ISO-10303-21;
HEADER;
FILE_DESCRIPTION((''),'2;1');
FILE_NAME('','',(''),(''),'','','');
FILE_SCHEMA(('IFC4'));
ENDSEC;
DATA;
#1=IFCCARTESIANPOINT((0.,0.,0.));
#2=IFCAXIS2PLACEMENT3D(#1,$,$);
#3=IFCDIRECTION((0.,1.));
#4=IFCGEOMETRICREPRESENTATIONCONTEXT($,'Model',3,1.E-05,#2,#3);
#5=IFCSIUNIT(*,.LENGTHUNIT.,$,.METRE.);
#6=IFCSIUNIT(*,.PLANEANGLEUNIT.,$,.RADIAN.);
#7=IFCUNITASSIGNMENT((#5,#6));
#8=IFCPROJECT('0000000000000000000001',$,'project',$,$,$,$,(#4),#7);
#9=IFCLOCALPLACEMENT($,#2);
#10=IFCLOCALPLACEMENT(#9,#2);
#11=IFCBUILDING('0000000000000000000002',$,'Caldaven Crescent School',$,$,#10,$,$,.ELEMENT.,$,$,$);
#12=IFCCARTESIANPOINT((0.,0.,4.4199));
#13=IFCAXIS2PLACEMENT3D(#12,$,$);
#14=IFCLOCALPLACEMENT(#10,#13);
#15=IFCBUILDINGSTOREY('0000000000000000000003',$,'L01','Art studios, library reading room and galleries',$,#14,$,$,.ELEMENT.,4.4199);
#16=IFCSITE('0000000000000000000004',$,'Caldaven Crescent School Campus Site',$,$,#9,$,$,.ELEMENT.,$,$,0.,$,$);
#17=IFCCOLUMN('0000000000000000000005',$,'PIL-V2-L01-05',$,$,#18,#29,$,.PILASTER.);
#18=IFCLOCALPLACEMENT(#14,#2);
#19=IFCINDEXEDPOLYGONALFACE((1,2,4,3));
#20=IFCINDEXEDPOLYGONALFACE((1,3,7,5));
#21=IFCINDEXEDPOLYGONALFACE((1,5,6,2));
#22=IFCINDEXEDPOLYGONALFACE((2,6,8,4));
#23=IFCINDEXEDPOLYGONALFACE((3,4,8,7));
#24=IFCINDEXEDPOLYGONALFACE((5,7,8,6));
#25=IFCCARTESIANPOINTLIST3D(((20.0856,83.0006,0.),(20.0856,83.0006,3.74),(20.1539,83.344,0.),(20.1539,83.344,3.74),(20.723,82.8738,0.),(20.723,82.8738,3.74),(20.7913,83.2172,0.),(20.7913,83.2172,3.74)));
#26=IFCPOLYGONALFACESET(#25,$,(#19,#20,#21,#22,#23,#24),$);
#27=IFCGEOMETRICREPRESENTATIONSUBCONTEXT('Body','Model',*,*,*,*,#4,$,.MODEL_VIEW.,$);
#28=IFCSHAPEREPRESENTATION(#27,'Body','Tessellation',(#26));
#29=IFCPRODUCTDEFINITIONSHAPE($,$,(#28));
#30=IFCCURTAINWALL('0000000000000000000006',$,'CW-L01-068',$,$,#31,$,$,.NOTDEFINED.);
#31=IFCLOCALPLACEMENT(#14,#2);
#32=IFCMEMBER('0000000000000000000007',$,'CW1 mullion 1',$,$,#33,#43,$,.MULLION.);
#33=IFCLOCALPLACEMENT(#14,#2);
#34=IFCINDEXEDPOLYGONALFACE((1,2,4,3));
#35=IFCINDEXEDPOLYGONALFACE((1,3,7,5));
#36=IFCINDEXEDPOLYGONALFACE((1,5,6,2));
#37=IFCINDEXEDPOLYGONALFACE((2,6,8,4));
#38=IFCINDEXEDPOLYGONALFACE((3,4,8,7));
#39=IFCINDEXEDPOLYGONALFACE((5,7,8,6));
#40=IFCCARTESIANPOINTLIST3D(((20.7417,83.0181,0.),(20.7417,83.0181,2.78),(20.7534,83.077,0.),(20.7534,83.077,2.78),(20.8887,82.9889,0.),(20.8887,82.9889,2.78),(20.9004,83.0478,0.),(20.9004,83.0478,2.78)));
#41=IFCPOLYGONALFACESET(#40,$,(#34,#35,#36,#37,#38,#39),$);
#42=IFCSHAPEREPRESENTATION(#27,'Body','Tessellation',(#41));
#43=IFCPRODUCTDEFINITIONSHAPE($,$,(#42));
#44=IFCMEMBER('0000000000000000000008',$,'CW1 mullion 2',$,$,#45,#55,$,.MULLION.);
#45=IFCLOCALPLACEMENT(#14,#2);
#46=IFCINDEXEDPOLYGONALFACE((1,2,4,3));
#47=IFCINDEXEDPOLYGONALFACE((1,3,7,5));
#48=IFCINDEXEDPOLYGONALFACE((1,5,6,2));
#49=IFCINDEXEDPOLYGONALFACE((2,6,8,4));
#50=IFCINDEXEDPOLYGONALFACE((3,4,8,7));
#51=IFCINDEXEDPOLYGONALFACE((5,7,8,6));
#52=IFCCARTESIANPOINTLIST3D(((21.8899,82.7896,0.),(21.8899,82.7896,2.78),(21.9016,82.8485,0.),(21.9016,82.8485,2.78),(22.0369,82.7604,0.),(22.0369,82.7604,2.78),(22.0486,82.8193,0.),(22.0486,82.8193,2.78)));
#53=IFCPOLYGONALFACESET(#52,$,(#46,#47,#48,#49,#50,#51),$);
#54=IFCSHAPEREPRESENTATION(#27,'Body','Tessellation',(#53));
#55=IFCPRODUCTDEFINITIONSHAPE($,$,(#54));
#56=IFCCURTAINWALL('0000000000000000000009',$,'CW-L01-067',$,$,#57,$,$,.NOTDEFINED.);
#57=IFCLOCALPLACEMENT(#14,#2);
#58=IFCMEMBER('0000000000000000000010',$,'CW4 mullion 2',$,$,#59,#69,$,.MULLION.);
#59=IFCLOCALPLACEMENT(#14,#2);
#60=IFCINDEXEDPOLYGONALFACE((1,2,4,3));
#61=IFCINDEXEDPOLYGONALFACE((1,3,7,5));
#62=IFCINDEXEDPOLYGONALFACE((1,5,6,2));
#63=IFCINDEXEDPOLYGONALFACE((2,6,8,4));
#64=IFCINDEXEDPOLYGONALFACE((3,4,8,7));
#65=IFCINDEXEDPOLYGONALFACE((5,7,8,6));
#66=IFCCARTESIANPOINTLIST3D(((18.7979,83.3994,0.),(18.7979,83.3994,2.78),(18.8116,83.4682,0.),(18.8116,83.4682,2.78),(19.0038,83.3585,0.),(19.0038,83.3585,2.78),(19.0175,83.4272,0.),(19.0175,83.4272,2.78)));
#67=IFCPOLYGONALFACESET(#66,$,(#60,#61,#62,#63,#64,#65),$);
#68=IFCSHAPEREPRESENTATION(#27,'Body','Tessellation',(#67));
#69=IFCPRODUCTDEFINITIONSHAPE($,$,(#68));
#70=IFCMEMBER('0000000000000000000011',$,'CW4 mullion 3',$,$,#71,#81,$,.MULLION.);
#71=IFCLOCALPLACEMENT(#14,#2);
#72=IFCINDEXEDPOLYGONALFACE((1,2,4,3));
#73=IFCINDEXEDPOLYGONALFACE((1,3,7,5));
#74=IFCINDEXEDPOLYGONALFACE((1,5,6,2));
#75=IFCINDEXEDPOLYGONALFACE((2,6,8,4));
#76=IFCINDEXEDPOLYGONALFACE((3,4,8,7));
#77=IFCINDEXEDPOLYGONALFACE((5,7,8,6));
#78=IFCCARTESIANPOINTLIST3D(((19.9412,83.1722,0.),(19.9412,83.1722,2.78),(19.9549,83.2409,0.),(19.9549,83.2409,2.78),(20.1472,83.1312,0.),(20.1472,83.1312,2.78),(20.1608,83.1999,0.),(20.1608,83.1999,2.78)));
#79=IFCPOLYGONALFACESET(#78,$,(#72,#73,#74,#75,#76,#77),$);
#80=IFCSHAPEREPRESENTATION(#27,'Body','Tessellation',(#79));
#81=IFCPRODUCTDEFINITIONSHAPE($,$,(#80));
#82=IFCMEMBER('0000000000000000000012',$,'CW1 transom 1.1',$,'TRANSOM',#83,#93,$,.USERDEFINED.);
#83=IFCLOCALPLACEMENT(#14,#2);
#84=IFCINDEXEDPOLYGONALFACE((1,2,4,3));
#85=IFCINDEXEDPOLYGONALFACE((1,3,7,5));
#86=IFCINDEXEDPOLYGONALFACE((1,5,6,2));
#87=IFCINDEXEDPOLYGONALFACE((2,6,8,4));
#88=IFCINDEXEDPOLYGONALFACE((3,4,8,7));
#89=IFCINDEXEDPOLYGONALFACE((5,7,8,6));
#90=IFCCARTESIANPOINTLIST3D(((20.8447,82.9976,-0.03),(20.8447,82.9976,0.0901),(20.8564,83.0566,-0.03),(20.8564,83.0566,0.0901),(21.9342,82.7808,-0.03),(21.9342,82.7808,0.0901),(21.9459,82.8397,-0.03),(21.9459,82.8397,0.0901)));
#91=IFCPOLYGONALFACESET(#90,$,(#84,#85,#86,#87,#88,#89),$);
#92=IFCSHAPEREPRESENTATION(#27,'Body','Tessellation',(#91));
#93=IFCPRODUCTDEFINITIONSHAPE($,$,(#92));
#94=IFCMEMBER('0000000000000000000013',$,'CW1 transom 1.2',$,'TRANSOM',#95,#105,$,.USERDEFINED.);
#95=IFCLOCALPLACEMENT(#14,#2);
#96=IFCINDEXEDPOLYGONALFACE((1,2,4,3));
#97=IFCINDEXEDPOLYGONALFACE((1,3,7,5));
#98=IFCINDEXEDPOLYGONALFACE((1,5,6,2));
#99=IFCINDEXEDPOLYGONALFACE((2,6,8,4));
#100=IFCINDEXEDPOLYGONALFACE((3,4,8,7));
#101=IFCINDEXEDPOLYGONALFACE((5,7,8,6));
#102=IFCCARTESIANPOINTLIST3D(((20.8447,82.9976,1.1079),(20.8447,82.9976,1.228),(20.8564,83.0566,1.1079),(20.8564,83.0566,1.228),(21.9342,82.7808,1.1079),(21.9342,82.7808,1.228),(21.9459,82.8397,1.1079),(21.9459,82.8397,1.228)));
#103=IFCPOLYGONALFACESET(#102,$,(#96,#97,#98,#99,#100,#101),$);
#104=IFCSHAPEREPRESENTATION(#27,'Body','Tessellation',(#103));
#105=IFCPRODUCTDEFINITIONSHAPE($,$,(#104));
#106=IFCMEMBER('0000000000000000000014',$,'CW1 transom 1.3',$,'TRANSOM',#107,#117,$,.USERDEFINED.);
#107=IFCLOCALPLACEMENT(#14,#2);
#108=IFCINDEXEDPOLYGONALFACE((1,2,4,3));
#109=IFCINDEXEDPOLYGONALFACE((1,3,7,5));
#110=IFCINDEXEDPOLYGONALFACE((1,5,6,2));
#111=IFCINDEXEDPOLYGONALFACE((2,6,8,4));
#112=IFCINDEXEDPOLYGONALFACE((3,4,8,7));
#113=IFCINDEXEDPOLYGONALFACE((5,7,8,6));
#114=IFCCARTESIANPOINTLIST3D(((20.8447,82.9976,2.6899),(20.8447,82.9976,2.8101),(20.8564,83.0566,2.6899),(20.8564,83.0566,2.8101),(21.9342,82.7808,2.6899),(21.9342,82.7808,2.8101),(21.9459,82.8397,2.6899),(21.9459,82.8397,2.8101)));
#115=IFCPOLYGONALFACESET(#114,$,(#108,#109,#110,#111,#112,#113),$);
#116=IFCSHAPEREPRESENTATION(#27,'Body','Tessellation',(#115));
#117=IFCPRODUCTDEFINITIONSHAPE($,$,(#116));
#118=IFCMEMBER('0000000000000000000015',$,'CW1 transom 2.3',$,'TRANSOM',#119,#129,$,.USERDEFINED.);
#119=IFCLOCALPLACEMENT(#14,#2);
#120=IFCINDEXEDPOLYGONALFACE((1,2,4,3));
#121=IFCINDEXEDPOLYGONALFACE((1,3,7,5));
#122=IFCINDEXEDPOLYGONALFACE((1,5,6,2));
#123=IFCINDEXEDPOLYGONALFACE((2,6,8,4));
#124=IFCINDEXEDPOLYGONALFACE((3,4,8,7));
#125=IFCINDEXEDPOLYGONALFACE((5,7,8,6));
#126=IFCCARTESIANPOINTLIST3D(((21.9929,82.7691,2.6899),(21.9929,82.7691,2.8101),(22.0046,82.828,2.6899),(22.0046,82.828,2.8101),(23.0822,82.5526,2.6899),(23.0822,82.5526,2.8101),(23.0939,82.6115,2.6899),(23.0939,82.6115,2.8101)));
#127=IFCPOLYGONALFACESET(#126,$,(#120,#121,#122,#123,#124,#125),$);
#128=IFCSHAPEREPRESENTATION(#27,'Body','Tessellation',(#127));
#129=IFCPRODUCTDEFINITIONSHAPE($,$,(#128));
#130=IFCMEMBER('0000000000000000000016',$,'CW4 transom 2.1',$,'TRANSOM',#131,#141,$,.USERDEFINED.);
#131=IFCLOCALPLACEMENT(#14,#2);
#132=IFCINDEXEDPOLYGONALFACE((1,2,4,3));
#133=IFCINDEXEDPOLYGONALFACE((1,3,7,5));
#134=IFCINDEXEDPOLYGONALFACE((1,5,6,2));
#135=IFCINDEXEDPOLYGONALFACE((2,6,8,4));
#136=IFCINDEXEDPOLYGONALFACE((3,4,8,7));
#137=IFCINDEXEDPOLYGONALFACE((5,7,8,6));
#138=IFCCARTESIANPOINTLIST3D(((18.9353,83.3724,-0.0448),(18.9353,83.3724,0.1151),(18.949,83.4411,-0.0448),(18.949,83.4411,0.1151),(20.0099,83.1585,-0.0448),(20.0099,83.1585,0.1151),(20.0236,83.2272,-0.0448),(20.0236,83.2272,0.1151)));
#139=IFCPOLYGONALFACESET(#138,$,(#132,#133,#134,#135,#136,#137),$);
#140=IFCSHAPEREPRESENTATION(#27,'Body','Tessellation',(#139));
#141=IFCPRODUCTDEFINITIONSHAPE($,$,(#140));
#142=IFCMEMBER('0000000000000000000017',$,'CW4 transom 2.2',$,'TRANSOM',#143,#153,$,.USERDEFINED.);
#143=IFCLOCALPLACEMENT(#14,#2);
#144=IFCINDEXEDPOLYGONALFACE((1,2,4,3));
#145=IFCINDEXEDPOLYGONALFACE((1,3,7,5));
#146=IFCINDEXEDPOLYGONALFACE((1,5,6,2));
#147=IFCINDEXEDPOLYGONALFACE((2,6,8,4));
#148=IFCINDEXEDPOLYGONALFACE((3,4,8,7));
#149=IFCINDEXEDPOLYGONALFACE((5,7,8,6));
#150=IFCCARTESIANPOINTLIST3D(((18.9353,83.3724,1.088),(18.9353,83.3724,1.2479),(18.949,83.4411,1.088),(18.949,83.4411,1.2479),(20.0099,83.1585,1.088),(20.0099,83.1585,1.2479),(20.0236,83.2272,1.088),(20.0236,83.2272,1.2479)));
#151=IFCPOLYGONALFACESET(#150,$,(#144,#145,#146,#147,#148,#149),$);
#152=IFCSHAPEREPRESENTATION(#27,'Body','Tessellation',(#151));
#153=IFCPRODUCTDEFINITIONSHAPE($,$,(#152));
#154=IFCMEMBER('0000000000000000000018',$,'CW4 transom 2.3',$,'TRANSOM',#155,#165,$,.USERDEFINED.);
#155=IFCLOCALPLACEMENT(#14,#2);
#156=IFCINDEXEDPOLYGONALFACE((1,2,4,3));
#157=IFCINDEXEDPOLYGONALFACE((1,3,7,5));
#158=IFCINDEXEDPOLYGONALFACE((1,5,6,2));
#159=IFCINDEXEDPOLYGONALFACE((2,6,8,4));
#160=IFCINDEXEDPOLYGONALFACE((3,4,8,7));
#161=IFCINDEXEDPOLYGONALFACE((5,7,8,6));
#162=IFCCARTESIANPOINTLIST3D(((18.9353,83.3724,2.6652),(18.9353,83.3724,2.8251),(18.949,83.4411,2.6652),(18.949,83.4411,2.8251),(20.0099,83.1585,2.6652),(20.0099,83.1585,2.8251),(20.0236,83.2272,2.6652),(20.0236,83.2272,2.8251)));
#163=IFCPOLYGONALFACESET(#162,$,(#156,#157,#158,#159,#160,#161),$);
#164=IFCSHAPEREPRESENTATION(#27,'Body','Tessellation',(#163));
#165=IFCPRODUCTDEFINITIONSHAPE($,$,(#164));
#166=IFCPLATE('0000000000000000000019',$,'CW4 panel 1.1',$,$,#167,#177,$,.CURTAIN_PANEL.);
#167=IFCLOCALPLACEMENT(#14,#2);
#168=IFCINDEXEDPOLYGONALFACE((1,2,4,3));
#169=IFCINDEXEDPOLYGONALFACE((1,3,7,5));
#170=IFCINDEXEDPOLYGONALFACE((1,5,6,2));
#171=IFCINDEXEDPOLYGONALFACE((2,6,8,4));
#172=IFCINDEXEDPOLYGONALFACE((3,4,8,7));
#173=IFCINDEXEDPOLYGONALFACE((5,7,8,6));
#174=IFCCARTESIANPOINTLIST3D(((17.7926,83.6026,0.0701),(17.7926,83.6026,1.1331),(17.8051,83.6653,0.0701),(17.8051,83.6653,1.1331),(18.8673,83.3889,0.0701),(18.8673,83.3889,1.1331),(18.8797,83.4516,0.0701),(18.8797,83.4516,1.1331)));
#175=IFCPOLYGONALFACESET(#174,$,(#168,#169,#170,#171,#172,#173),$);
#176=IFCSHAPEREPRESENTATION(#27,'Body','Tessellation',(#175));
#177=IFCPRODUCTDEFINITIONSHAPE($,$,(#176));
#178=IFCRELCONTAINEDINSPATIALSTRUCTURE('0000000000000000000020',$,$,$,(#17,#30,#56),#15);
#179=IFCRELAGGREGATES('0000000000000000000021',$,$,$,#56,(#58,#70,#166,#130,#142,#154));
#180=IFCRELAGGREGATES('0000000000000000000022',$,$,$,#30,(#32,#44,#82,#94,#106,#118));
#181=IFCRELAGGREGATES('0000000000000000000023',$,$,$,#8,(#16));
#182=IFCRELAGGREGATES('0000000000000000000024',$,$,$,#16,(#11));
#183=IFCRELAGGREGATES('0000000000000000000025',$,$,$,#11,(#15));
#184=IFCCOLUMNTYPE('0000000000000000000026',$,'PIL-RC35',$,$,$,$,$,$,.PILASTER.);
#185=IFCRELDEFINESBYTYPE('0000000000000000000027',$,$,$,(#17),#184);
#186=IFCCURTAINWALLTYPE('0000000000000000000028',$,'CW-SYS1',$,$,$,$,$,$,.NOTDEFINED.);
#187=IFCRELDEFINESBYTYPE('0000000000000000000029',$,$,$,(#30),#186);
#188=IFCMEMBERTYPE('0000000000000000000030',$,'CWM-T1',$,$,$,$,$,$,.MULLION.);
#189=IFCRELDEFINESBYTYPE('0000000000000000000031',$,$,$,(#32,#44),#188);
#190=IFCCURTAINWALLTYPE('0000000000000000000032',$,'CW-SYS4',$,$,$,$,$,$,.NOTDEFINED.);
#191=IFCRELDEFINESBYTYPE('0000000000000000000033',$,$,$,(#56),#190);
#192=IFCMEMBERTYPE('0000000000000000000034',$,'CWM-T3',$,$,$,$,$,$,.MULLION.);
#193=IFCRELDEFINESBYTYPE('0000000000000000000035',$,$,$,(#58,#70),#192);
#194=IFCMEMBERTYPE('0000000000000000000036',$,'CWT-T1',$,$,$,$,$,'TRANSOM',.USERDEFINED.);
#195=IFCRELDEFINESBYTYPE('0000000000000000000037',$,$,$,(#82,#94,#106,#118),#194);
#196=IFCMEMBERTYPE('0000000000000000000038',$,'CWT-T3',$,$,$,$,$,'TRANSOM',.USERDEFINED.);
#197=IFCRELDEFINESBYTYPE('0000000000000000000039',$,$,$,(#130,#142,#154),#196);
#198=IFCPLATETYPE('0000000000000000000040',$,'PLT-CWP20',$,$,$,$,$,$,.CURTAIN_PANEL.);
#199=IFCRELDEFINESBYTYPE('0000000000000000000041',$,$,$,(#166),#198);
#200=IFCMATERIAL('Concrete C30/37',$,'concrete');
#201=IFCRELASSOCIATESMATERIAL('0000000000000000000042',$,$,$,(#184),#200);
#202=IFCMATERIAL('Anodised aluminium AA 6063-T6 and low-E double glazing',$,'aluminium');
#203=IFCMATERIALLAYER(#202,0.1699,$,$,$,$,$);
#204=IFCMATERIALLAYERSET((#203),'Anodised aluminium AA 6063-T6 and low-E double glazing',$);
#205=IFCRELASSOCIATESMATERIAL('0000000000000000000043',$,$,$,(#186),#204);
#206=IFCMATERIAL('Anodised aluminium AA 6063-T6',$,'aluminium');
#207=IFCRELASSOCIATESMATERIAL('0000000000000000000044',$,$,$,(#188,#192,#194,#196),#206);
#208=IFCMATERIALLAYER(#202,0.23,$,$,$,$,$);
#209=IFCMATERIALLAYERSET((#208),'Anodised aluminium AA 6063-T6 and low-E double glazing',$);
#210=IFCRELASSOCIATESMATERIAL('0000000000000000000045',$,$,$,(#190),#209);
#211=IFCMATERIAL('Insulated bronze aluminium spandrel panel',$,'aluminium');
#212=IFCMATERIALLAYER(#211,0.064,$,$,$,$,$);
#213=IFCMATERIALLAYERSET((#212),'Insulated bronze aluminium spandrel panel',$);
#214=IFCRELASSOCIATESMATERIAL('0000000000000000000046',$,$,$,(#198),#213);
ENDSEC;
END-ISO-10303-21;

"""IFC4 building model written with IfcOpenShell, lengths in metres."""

from ifc_helpers import new_model, si_unit, direction, frame, origin, origin_2d, place, context, subcontext, project, spatial, rectangle, extrude, material, layer, layer_set, material_profile, profile_set, type_object, element, aggregate, save


model = new_model("IFC4")

# Units and contexts
model_context = context("Model", 3, precision=1e-05, world=origin(), true_north=direction((0.0, 1.0)))
body_context = subcontext(model_context, "Body", "Model", "MODEL_VIEW")
ifc_project = project(units=[si_unit("LENGTHUNIT", "METRE"), si_unit("PLANEANGLEUNIT", "RADIAN")], contexts=[model_context])

# Site, building, storey
site_placement = place(None, origin())
site = spatial("IfcSite", under=ifc_project, at=site_placement, Name="Caldaven Crescent School Campus Site", CompositionType="ELEMENT", RefElevation=0.0)
building_placement = place(site_placement, origin())
building = spatial("IfcBuilding", under=site, at=building_placement, Name="Caldaven Crescent School", CompositionType="ELEMENT")
storey_placement = place(building_placement, frame((0.0, 0.0, 4.4199)))
storey = spatial("IfcBuildingStorey", under=building, at=storey_placement, Name="L01", Description="Art studios, library reading room and galleries", CompositionType="ELEMENT", Elevation=4.4199)

# Column
ifc_material_1 = material(Name="Concrete C30/37", Category="concrete")
ifc_material_profile_1 = material_profile(ifc_material_1, rectangle(XDim=0.3501, YDim=0.6499, at=origin_2d()), Name="RC 350x650")
ifc_profile_set_1 = profile_set([ifc_material_profile_1], Name="Concrete C30/37")
column_type = type_object("IfcColumnType", Name="PIL-RC35", PredefinedType="PILASTER", material=ifc_profile_set_1)
column_placement = place(storey_placement, frame((20.4385, 83.1089, 0.0), z_axis=(0.0, 0.0, 1.0), x_axis=(-0.19509, -0.980785, 0.0)))
element("IfcColumn", 1, at=column_placement, inside=storey, type_object=column_type, Name="PIL-V2-L01-05", PredefinedType="PILASTER", context=body_context, shape_type="SweptSolid", body=[
    extrude(rectangle(XDim=0.3501, YDim=0.6499, at=origin_2d()), origin(), (0.0, 0.0, 1.0), 3.74),
])

# Curtain walls, members
ifc_material_2 = material(Name="Anodised aluminium AA 6063-T6 and low-E double glazing", Category="aluminium")
ifc_layer_1 = layer(ifc_material_2, 0.1699)
ifc_layer_set_1 = layer_set([ifc_layer_1], Name="Anodised aluminium AA 6063-T6 and low-E double glazing")
curtain_wall_type_1 = type_object("IfcCurtainWallType", Name="CW-SYS1", PredefinedType="NOTDEFINED", material=ifc_layer_set_1)
curtain_wall_1_placement = place(storey_placement, origin())
curtain_wall_1 = element("IfcCurtainWall", 2, at=curtain_wall_1_placement, inside=storey, type_object=curtain_wall_type_1, Name="CW-L01-068", PredefinedType="NOTDEFINED")
ifc_material_3 = material(Name="Anodised aluminium AA 6063-T6", Category="aluminium")
ifc_material_profile_2 = material_profile(ifc_material_3, rectangle(XDim=0.0601, YDim=0.1499, at=origin_2d()), Name="CWM 60x150")
ifc_profile_set_2 = profile_set([ifc_material_profile_2], Name="Anodised aluminium AA 6063-T6")
member_type_1 = type_object("IfcMemberType", Name="CWM-T1", PredefinedType="MULLION", material=ifc_profile_set_2)
member_1_placement = place(storey_placement, frame((20.821, 83.033, 0.0), z_axis=(0.0, 0.0, 1.0), x_axis=(0.195091, 0.980785, 0.0)))
member_1 = element("IfcMember", 3, at=member_1_placement, type_object=member_type_1, Name="CW1 mullion 1", PredefinedType="MULLION", context=body_context, shape_type="SweptSolid", body=[
    extrude(rectangle(XDim=0.0601, YDim=0.1499, at=origin_2d()), origin(), (0.0, 0.0, 1.0), 2.78),
])
member_2_placement = place(storey_placement, frame((21.9692, 82.8044, 0.0), z_axis=(0.0, 0.0, 1.0), x_axis=(0.195091, 0.980785, 0.0)))
member_2 = element("IfcMember", 4, at=member_2_placement, type_object=member_type_1, Name="CW1 mullion 2", PredefinedType="MULLION", context=body_context, shape_type="SweptSolid", body=[
    extrude(rectangle(XDim=0.0601, YDim=0.1499, at=origin_2d()), origin(), (0.0, 0.0, 1.0), 2.78),
])
ifc_layer_2 = layer(ifc_material_2, 0.23)
ifc_layer_set_2 = layer_set([ifc_layer_2], Name="Anodised aluminium AA 6063-T6 and low-E double glazing")
curtain_wall_type_2 = type_object("IfcCurtainWallType", Name="CW-SYS4", PredefinedType="NOTDEFINED", material=ifc_layer_set_2)
curtain_wall_2_placement = place(storey_placement, origin())
curtain_wall_2 = element("IfcCurtainWall", 5, at=curtain_wall_2_placement, inside=storey, type_object=curtain_wall_type_2, Name="CW-L01-067", PredefinedType="NOTDEFINED")
ifc_material_profile_3 = material_profile(ifc_material_3, rectangle(XDim=0.0701, YDim=0.21, at=origin_2d()), Name="CWM 70x210")
ifc_profile_set_3 = profile_set([ifc_material_profile_3], Name="Anodised aluminium AA 6063-T6")
member_type_2 = type_object("IfcMemberType", Name="CWM-T3", PredefinedType="MULLION", material=ifc_profile_set_3)
member_3_placement = place(storey_placement, frame((18.9077, 83.4133, 0.0), z_axis=(0.0, 0.0, 1.0), x_axis=(0.195087, 0.980786, 0.0)))
member_3 = element("IfcMember", 6, at=member_3_placement, type_object=member_type_2, Name="CW4 mullion 2", PredefinedType="MULLION", context=body_context, shape_type="SweptSolid", body=[
    extrude(rectangle(XDim=0.0701, YDim=0.21, at=origin_2d()), origin(), (0.0, 0.0, 1.0), 2.78),
])
member_4_placement = place(storey_placement, frame((20.051, 83.186, 0.0), z_axis=(0.0, 0.0, 1.0), x_axis=(0.195087, 0.980786, 0.0)))
member_4 = element("IfcMember", 7, at=member_4_placement, type_object=member_type_2, Name="CW4 mullion 3", PredefinedType="MULLION", context=body_context, shape_type="SweptSolid", body=[
    extrude(rectangle(XDim=0.0701, YDim=0.21, at=origin_2d()), origin(), (0.0, 0.0, 1.0), 2.78),
])

# Members
ifc_material_profile_4 = material_profile(ifc_material_3, rectangle(XDim=0.0601, YDim=0.1201, at=origin_2d()), Name="CWT 60x120")
ifc_profile_set_4 = profile_set([ifc_material_profile_4], Name="Anodised aluminium AA 6063-T6")
member_type_3 = type_object("IfcMemberType", Name="CWT-T1", ElementType="TRANSOM", PredefinedType="USERDEFINED", material=ifc_profile_set_4)
member_5_placement = place(storey_placement, frame((20.8506, 83.0271, 0.03), z_axis=(0.980766, -0.195186, 0.0), x_axis=(0.195186, 0.980766, 0.0)))
member_5 = element("IfcMember", 8, at=member_5_placement, type_object=member_type_3, Name="CW1 transom 1.1", ObjectType="TRANSOM", PredefinedType="USERDEFINED", context=body_context, shape_type="SweptSolid", body=[
    extrude(rectangle(XDim=0.0601, YDim=0.1201, at=origin_2d()), origin(), (0.0, 0.0, 1.0), 1.1108),
])
member_6_placement = place(storey_placement, frame((20.8506, 83.0271, 1.168), z_axis=(0.980766, -0.195186, 0.0), x_axis=(0.195186, 0.980766, 0.0)))
member_6 = element("IfcMember", 9, at=member_6_placement, type_object=member_type_3, Name="CW1 transom 1.2", ObjectType="TRANSOM", PredefinedType="USERDEFINED", context=body_context, shape_type="SweptSolid", body=[
    extrude(rectangle(XDim=0.0601, YDim=0.1201, at=origin_2d()), origin(), (0.0, 0.0, 1.0), 1.1108),
])
member_7_placement = place(storey_placement, frame((20.8506, 83.0271, 2.75), z_axis=(0.980766, -0.195186, 0.0), x_axis=(0.195186, 0.980766, 0.0)))
member_7 = element("IfcMember", 10, at=member_7_placement, type_object=member_type_3, Name="CW1 transom 1.3", ObjectType="TRANSOM", PredefinedType="USERDEFINED", context=body_context, shape_type="SweptSolid", body=[
    extrude(rectangle(XDim=0.0601, YDim=0.1201, at=origin_2d()), origin(), (0.0, 0.0, 1.0), 1.1108),
])
member_8_placement = place(storey_placement, frame((21.9988, 82.7986, 2.75), z_axis=(0.980808, -0.194975, 0.0), x_axis=(0.194975, 0.980808, 0.0)))
member_8 = element("IfcMember", 11, at=member_8_placement, type_object=member_type_3, Name="CW1 transom 2.3", ObjectType="TRANSOM", PredefinedType="USERDEFINED", context=body_context, shape_type="SweptSolid", body=[
    extrude(rectangle(XDim=0.0601, YDim=0.1201, at=origin_2d()), origin(), (0.0, 0.0, 1.0), 1.1106),
])
ifc_material_profile_5 = material_profile(ifc_material_3, rectangle(XDim=0.0701, YDim=0.1599, at=origin_2d()), Name="CWT 70x160")
ifc_profile_set_5 = profile_set([ifc_material_profile_5], Name="Anodised aluminium AA 6063-T6")
member_type_4 = type_object("IfcMemberType", Name="CWT-T3", ElementType="TRANSOM", PredefinedType="USERDEFINED", material=ifc_profile_set_5)
member_9_placement = place(storey_placement, frame((18.9421, 83.4067, 0.0352), z_axis=(0.980769, -0.195173, 0.0), x_axis=(0.195173, 0.980769, 0.0)))
member_9 = element("IfcMember", 12, at=member_9_placement, type_object=member_type_4, Name="CW4 transom 2.1", ObjectType="TRANSOM", PredefinedType="USERDEFINED", context=body_context, shape_type="SweptSolid", body=[
    extrude(rectangle(XDim=0.0701, YDim=0.1599, at=origin_2d()), origin(), (0.0, 0.0, 1.0), 1.0957),
])
member_10_placement = place(storey_placement, frame((18.9421, 83.4067, 1.168), z_axis=(0.980769, -0.195173, 0.0), x_axis=(0.195173, 0.980769, 0.0)))
member_10 = element("IfcMember", 13, at=member_10_placement, type_object=member_type_4, Name="CW4 transom 2.2", ObjectType="TRANSOM", PredefinedType="USERDEFINED", context=body_context, shape_type="SweptSolid", body=[
    extrude(rectangle(XDim=0.0701, YDim=0.1599, at=origin_2d()), origin(), (0.0, 0.0, 1.0), 1.0957),
])
member_11_placement = place(storey_placement, frame((18.9421, 83.4067, 2.7451), z_axis=(0.980769, -0.195173, 0.0), x_axis=(0.195173, 0.980769, 0.0)))
member_11 = element("IfcMember", 14, at=member_11_placement, type_object=member_type_4, Name="CW4 transom 2.3", ObjectType="TRANSOM", PredefinedType="USERDEFINED", context=body_context, shape_type="SweptSolid", body=[
    extrude(rectangle(XDim=0.0701, YDim=0.1599, at=origin_2d()), origin(), (0.0, 0.0, 1.0), 1.0957),
])

# Plate
ifc_material_4 = material(Name="Insulated bronze aluminium spandrel panel", Category="aluminium")
ifc_layer_3 = layer(ifc_material_4, 0.064)
ifc_layer_set_3 = layer_set([ifc_layer_3], Name="Insulated bronze aluminium spandrel panel")
plate_type_1 = type_object("IfcPlateType", Name="PLT-CWP20", PredefinedType="CURTAIN_PANEL", material=ifc_layer_set_3)
plate_1_placement = place(storey_placement, frame((18.3362, 83.5271, 0.0701), z_axis=(0.0, 0.0, 1.0), x_axis=(0.980786, -0.195087, 0.0)))
plate_1 = element("IfcPlate", 15, at=plate_1_placement, type_object=plate_type_1, Name="CW4 panel 1.1", PredefinedType="CURTAIN_PANEL", context=body_context, shape_type="SweptSolid", body=[
    extrude(rectangle(XDim=1.0957, YDim=0.064, at=origin_2d()), origin(), (0.0, 0.0, 1.0), 1.063),
])
aggregate(curtain_wall_2, [member_3, member_4, plate_1, member_9, member_10, member_11])
aggregate(curtain_wall_1, [member_1, member_2, member_5, member_6, member_7, member_8])

save(model, "model.ifc")
